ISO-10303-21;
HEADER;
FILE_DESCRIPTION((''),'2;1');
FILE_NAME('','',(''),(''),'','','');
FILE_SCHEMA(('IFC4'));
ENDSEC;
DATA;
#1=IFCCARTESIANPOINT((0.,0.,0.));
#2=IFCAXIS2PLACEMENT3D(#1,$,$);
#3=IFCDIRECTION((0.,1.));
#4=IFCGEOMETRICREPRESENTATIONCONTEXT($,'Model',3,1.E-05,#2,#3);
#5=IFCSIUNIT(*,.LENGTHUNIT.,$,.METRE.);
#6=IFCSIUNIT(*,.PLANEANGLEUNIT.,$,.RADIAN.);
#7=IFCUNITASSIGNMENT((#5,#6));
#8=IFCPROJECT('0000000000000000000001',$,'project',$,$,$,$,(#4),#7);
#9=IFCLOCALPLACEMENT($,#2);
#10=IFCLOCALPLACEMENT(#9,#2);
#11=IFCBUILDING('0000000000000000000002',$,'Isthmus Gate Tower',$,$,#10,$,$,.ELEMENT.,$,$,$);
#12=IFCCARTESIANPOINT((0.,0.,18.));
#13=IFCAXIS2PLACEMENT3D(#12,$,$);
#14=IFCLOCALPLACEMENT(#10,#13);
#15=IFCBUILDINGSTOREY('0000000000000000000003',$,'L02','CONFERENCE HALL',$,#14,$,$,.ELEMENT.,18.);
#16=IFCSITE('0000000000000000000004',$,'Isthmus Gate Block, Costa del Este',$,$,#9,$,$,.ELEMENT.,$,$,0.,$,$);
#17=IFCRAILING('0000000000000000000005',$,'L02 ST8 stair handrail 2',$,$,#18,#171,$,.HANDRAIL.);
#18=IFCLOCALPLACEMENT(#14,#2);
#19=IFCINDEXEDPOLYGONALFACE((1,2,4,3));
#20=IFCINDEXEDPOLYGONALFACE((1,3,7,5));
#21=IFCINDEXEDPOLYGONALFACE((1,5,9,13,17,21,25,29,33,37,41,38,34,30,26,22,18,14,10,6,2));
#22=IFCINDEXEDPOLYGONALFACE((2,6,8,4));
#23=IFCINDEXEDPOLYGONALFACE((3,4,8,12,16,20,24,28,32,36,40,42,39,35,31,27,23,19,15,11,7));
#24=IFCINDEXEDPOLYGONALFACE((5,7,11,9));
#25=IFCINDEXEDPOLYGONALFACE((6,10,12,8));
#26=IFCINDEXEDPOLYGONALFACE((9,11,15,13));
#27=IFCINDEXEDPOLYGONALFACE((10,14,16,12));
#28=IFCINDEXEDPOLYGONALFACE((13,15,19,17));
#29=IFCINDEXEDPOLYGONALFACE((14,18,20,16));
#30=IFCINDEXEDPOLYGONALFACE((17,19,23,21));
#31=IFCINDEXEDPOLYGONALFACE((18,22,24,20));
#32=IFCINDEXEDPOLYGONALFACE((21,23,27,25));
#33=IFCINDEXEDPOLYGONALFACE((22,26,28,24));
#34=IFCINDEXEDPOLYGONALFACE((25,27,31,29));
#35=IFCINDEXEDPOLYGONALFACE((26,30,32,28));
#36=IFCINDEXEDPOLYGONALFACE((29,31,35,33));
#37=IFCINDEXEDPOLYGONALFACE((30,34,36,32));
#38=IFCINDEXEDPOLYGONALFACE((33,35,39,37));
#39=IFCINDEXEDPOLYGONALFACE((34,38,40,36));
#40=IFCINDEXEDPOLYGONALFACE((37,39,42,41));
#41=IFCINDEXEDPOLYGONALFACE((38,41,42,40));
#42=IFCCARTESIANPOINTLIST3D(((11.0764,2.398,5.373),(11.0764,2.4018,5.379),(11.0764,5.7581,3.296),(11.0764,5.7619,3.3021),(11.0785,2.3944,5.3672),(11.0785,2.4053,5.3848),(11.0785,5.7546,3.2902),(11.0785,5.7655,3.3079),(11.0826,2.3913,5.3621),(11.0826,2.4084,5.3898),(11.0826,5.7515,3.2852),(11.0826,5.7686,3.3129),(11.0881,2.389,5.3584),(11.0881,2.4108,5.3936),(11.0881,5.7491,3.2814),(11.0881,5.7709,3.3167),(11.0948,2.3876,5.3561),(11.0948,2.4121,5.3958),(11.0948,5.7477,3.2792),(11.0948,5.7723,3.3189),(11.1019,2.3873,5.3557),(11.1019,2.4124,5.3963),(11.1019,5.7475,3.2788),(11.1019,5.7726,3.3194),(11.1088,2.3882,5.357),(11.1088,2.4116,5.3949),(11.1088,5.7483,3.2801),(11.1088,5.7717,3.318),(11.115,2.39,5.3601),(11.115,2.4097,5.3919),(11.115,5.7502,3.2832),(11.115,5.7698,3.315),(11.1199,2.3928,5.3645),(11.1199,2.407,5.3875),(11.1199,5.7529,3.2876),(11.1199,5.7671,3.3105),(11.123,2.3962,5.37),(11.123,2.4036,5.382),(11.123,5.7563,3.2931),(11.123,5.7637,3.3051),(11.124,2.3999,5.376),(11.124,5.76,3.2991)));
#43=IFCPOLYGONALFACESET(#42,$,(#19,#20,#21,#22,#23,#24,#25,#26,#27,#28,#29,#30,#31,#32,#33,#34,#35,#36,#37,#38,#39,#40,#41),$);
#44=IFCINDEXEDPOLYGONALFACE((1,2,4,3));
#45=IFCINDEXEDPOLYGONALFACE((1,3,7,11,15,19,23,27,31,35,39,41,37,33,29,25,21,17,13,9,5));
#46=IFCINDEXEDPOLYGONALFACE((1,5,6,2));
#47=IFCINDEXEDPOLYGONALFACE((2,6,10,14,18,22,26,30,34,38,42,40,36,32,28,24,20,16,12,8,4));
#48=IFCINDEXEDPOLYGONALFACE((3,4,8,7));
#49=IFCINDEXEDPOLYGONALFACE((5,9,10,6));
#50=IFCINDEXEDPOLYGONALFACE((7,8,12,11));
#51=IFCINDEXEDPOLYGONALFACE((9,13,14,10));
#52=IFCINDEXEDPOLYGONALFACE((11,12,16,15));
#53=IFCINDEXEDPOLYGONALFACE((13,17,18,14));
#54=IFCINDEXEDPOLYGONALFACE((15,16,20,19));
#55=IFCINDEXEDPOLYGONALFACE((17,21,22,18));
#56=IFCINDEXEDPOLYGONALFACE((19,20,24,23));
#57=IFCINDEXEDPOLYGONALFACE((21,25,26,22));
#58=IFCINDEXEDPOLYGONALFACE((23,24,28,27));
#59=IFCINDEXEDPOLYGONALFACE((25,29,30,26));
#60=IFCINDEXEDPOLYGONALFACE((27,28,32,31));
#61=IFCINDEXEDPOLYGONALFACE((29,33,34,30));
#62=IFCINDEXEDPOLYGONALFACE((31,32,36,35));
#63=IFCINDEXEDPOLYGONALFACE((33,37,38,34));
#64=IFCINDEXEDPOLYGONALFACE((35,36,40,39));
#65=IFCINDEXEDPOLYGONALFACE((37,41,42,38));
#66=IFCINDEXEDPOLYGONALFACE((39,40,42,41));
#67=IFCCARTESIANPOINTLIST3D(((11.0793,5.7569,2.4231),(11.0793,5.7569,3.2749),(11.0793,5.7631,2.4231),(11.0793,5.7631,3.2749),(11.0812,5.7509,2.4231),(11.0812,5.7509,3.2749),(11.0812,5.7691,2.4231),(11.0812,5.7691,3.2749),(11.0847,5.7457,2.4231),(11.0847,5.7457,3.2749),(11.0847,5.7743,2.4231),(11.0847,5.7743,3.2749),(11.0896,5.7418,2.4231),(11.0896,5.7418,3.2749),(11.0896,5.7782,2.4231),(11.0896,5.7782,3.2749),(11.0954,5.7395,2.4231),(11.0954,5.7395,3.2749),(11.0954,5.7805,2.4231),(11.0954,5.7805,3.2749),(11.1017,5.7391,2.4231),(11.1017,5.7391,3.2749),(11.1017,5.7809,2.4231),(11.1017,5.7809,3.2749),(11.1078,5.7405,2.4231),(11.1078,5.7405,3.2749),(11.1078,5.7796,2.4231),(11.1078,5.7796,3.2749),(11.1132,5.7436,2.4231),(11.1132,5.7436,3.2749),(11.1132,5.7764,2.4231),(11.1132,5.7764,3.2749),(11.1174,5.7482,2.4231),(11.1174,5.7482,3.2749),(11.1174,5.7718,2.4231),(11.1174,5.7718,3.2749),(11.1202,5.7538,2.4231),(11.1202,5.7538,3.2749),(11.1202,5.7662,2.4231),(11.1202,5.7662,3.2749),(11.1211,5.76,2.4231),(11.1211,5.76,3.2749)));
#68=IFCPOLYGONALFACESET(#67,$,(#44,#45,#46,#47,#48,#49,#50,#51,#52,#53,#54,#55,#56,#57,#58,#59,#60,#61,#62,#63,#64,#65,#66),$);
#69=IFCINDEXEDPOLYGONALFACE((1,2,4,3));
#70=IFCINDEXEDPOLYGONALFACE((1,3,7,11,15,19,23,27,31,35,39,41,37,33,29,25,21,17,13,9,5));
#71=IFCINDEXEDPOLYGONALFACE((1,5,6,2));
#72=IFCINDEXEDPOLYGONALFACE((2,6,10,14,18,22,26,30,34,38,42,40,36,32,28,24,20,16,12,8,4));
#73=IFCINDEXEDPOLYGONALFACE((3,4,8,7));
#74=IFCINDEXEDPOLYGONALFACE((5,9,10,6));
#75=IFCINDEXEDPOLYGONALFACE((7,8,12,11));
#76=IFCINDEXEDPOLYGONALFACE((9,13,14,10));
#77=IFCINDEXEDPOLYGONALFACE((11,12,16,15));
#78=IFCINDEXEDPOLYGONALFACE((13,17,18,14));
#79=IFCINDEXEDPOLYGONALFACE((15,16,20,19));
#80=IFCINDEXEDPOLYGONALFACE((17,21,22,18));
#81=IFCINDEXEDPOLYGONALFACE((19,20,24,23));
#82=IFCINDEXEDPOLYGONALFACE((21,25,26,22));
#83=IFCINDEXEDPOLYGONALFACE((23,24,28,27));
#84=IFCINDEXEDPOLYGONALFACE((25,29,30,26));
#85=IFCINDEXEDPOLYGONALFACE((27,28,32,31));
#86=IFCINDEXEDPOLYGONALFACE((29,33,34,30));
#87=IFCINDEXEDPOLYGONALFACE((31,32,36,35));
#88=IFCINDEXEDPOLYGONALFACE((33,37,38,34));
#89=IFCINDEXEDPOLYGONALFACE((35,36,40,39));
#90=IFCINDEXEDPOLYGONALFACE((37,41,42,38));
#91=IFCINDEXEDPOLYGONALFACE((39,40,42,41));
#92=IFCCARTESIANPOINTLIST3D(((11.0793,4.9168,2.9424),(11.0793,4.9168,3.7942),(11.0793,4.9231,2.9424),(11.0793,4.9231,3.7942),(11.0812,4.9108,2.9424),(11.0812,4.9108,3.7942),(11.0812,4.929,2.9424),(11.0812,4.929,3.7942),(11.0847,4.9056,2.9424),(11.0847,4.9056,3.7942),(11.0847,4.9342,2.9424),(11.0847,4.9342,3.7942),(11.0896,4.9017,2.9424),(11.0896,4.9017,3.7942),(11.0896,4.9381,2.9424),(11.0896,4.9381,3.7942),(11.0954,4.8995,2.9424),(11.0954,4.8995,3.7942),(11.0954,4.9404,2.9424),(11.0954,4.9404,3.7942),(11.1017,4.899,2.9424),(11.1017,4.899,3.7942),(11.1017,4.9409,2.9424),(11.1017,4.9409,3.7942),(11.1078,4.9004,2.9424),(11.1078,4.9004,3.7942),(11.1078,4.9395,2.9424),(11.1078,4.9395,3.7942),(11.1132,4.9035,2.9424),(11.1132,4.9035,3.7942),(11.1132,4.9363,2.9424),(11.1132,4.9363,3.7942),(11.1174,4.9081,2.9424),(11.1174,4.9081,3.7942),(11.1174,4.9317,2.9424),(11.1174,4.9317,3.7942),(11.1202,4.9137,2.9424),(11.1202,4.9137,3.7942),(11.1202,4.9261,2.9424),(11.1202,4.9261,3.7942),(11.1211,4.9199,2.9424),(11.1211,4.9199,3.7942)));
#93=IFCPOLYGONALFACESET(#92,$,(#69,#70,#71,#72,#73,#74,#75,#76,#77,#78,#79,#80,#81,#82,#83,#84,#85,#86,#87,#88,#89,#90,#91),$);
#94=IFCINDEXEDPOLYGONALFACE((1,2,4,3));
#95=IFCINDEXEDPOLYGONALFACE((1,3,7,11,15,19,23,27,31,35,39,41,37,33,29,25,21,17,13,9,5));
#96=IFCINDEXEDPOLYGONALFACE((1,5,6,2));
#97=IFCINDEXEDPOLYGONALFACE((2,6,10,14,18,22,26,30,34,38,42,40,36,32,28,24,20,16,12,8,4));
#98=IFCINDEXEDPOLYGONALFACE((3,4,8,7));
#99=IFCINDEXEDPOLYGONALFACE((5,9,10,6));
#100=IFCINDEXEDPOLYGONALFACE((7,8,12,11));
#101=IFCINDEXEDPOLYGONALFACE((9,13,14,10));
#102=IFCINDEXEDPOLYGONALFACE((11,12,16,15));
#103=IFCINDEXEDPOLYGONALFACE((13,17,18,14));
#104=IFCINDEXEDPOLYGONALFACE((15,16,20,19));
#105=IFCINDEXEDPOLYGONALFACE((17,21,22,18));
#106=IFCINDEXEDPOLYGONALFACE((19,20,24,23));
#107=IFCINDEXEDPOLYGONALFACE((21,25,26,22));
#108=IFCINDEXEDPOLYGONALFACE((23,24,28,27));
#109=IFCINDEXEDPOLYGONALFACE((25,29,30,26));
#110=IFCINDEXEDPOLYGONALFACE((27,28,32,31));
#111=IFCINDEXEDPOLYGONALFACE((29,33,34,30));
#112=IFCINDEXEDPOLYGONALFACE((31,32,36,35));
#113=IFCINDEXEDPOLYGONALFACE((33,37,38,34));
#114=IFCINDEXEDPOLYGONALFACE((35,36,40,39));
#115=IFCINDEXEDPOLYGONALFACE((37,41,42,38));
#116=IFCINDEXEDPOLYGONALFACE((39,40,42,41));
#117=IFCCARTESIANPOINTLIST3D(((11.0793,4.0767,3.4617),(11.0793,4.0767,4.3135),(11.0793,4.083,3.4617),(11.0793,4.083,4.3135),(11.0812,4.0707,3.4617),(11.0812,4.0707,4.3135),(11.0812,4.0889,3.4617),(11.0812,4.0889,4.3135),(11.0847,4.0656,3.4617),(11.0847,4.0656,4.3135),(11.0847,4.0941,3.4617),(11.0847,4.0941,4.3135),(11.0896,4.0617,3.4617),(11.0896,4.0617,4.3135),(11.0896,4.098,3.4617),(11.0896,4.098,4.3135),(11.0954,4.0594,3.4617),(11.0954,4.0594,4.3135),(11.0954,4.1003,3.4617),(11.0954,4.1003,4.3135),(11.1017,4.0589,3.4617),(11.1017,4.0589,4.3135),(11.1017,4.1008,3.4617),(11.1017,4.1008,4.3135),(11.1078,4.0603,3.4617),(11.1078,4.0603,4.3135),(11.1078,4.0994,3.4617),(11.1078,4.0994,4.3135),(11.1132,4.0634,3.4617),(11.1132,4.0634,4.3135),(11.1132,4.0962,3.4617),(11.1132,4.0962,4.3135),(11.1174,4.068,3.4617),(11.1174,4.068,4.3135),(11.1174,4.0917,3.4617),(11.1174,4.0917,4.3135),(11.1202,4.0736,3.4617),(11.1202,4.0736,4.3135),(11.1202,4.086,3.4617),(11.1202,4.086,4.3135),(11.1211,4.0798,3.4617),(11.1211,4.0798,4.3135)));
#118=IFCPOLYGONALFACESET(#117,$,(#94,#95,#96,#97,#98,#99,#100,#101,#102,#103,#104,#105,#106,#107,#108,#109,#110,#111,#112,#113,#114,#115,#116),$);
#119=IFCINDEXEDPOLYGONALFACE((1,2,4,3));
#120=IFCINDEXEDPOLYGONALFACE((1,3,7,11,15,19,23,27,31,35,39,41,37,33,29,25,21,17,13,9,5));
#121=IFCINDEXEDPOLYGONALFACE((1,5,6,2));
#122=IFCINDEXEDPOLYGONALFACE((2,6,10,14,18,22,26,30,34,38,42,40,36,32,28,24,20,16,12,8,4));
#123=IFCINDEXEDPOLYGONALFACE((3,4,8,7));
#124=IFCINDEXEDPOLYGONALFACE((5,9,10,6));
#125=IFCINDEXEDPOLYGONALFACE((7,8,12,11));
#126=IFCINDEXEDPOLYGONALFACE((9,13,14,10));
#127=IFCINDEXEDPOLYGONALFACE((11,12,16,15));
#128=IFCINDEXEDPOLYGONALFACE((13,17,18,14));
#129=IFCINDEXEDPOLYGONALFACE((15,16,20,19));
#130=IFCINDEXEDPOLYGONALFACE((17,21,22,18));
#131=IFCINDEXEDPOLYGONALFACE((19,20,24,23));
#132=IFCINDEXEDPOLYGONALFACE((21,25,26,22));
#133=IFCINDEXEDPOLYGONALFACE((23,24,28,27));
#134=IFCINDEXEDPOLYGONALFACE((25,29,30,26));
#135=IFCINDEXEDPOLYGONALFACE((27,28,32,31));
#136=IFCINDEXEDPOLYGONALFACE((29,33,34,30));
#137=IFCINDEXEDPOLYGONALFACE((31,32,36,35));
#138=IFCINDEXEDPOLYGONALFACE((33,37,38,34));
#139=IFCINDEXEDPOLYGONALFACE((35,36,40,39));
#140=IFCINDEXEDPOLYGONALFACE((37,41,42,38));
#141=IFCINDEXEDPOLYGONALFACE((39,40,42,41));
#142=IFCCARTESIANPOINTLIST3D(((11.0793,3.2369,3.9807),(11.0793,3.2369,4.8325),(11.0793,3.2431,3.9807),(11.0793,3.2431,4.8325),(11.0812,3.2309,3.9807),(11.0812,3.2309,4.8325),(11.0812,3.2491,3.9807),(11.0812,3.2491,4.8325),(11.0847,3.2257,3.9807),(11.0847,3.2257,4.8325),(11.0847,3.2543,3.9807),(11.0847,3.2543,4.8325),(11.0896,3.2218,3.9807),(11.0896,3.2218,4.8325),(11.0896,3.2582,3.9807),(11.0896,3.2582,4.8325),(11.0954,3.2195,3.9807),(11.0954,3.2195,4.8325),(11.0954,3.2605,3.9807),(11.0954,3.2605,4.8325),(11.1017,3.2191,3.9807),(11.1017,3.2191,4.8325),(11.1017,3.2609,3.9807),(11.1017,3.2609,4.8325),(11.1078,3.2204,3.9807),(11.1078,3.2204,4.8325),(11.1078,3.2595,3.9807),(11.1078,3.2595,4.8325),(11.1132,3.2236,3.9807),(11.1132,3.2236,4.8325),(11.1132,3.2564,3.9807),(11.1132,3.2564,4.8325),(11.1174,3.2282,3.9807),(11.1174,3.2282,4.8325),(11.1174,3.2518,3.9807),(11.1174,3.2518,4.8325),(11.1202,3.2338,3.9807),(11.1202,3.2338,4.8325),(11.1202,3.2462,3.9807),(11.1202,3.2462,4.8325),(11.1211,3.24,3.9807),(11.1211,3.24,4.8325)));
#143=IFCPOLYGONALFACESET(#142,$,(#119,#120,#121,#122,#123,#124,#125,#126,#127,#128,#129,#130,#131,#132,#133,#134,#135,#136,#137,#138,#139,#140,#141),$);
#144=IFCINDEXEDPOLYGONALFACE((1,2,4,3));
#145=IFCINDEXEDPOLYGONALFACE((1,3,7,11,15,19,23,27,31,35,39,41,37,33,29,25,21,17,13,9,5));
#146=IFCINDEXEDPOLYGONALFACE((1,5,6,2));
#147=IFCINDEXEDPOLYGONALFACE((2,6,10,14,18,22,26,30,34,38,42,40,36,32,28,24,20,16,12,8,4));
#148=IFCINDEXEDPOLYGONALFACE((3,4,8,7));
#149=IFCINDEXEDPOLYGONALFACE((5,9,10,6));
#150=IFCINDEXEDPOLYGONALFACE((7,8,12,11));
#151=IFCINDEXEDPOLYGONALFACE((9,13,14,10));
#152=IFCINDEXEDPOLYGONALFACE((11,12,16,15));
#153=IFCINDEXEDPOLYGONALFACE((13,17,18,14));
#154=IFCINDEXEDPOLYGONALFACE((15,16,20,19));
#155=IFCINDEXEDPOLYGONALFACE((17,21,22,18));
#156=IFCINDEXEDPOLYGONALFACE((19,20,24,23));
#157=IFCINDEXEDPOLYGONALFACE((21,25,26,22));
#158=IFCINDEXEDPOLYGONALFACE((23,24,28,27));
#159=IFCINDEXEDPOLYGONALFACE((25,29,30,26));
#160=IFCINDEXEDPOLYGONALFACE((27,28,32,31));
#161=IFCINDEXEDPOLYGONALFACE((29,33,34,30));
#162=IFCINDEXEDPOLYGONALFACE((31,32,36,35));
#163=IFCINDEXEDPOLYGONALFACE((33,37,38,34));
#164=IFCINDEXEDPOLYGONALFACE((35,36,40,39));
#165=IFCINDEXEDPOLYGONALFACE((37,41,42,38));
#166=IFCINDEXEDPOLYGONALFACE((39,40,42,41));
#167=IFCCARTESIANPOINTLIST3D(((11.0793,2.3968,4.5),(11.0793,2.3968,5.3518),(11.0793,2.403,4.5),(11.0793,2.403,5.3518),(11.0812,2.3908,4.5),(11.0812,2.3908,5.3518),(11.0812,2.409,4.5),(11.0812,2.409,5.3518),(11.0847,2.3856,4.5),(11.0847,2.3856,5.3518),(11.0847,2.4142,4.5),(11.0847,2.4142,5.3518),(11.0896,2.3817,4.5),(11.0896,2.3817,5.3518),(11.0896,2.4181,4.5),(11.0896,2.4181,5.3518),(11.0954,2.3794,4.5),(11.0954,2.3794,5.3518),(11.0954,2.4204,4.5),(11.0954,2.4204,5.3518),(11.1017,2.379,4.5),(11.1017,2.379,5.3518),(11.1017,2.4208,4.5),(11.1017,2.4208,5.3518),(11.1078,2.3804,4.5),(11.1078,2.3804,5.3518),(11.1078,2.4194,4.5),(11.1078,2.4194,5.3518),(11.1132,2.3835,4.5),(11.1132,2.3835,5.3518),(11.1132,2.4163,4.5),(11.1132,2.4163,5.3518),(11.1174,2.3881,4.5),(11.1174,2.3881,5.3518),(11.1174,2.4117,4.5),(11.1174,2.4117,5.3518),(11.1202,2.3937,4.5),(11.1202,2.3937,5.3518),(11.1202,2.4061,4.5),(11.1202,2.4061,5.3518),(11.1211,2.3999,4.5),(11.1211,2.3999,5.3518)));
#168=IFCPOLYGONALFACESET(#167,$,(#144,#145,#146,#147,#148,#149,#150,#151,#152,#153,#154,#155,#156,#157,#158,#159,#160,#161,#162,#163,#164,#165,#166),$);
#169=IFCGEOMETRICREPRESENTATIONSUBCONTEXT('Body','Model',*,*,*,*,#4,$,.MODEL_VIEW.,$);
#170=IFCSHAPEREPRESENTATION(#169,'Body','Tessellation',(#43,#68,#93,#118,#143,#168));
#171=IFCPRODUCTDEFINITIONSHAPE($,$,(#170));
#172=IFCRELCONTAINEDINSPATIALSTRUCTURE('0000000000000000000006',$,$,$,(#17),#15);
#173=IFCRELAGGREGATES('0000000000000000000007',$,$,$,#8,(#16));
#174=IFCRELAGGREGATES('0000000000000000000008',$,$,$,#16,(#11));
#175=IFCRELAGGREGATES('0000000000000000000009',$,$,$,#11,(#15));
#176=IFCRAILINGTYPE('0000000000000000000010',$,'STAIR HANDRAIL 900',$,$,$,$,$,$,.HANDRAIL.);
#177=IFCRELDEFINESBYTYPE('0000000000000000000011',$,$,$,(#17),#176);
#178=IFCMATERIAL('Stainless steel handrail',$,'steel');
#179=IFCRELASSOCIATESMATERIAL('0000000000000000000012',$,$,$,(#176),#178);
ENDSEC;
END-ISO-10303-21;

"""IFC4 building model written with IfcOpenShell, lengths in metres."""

from ifc_helpers import new_model, si_unit, direction, frame, origin, origin_2d, place, context, subcontext, project, spatial, circle, extrude, material, type_object, element, save


model = new_model("IFC4")

# Units and contexts
model_context = context("Model", 3, precision=1e-05, world=origin(), true_north=direction((0.0, 1.0)))
body_context = subcontext(model_context, "Body", "Model", "MODEL_VIEW")
ifc_project = project(units=[si_unit("LENGTHUNIT", "METRE"), si_unit("PLANEANGLEUNIT", "RADIAN")], contexts=[model_context])

# Site, building, storey
site_placement = place(None, origin())
site = spatial("IfcSite", under=ifc_project, at=site_placement, Name="Isthmus Gate Block, Costa del Este", CompositionType="ELEMENT", RefElevation=0.0)
building_placement = place(site_placement, origin())
building = spatial("IfcBuilding", under=site, at=building_placement, Name="Isthmus Gate Tower", CompositionType="ELEMENT")
storey_placement = place(building_placement, frame((0.0, 0.0, 18.0)))
storey = spatial("IfcBuildingStorey", under=building, at=storey_placement, Name="L02", Description="CONFERENCE HALL", CompositionType="ELEMENT", Elevation=18.0)

# Railing
ifc_material_1 = material(Name="Stainless steel handrail", Category="steel")
railing_type_1 = type_object("IfcRailingType", Name="STAIR HANDRAIL 900", PredefinedType="HANDRAIL", material=ifc_material_1)
railing_1_placement = place(storey_placement, frame((11.1001, 5.76, 2.4231)))
element("IfcRailing", 1, at=railing_1_placement, inside=storey, type_object=railing_type_1, Name="L02 ST8 stair handrail 2", PredefinedType="HANDRAIL", context=body_context, shape_type="SweptSolid", body=[
    extrude(circle(Radius=0.0239, at=origin_2d()), frame((0.0, 0.0, 0.876), z_axis=(0.0, -0.850623, 0.525776), x_axis=(1.0, 0.0, 0.0)), (0.0, 0.0, 1.0), 3.9502),
    extrude(circle(Radius=0.021, at=origin_2d()), origin(), (0.0, 0.0, 1.0), 0.8518),
    extrude(circle(Radius=0.021, at=origin_2d()), frame((0.0, -0.8401, 0.5193)), (0.0, 0.0, 1.0), 0.8518),
    extrude(circle(Radius=0.021, at=origin_2d()), frame((0.0, -1.6802, 1.0386)), (0.0, 0.0, 1.0), 0.8518),
    extrude(circle(Radius=0.021, at=origin_2d()), frame((0.0, -2.52, 1.5576)), (0.0, 0.0, 1.0), 0.8518),
    extrude(circle(Radius=0.021, at=origin_2d()), frame((0.0, -3.3601, 2.0769)), (0.0, 0.0, 1.0), 0.8518),
])

save(model, "model.ifc")
